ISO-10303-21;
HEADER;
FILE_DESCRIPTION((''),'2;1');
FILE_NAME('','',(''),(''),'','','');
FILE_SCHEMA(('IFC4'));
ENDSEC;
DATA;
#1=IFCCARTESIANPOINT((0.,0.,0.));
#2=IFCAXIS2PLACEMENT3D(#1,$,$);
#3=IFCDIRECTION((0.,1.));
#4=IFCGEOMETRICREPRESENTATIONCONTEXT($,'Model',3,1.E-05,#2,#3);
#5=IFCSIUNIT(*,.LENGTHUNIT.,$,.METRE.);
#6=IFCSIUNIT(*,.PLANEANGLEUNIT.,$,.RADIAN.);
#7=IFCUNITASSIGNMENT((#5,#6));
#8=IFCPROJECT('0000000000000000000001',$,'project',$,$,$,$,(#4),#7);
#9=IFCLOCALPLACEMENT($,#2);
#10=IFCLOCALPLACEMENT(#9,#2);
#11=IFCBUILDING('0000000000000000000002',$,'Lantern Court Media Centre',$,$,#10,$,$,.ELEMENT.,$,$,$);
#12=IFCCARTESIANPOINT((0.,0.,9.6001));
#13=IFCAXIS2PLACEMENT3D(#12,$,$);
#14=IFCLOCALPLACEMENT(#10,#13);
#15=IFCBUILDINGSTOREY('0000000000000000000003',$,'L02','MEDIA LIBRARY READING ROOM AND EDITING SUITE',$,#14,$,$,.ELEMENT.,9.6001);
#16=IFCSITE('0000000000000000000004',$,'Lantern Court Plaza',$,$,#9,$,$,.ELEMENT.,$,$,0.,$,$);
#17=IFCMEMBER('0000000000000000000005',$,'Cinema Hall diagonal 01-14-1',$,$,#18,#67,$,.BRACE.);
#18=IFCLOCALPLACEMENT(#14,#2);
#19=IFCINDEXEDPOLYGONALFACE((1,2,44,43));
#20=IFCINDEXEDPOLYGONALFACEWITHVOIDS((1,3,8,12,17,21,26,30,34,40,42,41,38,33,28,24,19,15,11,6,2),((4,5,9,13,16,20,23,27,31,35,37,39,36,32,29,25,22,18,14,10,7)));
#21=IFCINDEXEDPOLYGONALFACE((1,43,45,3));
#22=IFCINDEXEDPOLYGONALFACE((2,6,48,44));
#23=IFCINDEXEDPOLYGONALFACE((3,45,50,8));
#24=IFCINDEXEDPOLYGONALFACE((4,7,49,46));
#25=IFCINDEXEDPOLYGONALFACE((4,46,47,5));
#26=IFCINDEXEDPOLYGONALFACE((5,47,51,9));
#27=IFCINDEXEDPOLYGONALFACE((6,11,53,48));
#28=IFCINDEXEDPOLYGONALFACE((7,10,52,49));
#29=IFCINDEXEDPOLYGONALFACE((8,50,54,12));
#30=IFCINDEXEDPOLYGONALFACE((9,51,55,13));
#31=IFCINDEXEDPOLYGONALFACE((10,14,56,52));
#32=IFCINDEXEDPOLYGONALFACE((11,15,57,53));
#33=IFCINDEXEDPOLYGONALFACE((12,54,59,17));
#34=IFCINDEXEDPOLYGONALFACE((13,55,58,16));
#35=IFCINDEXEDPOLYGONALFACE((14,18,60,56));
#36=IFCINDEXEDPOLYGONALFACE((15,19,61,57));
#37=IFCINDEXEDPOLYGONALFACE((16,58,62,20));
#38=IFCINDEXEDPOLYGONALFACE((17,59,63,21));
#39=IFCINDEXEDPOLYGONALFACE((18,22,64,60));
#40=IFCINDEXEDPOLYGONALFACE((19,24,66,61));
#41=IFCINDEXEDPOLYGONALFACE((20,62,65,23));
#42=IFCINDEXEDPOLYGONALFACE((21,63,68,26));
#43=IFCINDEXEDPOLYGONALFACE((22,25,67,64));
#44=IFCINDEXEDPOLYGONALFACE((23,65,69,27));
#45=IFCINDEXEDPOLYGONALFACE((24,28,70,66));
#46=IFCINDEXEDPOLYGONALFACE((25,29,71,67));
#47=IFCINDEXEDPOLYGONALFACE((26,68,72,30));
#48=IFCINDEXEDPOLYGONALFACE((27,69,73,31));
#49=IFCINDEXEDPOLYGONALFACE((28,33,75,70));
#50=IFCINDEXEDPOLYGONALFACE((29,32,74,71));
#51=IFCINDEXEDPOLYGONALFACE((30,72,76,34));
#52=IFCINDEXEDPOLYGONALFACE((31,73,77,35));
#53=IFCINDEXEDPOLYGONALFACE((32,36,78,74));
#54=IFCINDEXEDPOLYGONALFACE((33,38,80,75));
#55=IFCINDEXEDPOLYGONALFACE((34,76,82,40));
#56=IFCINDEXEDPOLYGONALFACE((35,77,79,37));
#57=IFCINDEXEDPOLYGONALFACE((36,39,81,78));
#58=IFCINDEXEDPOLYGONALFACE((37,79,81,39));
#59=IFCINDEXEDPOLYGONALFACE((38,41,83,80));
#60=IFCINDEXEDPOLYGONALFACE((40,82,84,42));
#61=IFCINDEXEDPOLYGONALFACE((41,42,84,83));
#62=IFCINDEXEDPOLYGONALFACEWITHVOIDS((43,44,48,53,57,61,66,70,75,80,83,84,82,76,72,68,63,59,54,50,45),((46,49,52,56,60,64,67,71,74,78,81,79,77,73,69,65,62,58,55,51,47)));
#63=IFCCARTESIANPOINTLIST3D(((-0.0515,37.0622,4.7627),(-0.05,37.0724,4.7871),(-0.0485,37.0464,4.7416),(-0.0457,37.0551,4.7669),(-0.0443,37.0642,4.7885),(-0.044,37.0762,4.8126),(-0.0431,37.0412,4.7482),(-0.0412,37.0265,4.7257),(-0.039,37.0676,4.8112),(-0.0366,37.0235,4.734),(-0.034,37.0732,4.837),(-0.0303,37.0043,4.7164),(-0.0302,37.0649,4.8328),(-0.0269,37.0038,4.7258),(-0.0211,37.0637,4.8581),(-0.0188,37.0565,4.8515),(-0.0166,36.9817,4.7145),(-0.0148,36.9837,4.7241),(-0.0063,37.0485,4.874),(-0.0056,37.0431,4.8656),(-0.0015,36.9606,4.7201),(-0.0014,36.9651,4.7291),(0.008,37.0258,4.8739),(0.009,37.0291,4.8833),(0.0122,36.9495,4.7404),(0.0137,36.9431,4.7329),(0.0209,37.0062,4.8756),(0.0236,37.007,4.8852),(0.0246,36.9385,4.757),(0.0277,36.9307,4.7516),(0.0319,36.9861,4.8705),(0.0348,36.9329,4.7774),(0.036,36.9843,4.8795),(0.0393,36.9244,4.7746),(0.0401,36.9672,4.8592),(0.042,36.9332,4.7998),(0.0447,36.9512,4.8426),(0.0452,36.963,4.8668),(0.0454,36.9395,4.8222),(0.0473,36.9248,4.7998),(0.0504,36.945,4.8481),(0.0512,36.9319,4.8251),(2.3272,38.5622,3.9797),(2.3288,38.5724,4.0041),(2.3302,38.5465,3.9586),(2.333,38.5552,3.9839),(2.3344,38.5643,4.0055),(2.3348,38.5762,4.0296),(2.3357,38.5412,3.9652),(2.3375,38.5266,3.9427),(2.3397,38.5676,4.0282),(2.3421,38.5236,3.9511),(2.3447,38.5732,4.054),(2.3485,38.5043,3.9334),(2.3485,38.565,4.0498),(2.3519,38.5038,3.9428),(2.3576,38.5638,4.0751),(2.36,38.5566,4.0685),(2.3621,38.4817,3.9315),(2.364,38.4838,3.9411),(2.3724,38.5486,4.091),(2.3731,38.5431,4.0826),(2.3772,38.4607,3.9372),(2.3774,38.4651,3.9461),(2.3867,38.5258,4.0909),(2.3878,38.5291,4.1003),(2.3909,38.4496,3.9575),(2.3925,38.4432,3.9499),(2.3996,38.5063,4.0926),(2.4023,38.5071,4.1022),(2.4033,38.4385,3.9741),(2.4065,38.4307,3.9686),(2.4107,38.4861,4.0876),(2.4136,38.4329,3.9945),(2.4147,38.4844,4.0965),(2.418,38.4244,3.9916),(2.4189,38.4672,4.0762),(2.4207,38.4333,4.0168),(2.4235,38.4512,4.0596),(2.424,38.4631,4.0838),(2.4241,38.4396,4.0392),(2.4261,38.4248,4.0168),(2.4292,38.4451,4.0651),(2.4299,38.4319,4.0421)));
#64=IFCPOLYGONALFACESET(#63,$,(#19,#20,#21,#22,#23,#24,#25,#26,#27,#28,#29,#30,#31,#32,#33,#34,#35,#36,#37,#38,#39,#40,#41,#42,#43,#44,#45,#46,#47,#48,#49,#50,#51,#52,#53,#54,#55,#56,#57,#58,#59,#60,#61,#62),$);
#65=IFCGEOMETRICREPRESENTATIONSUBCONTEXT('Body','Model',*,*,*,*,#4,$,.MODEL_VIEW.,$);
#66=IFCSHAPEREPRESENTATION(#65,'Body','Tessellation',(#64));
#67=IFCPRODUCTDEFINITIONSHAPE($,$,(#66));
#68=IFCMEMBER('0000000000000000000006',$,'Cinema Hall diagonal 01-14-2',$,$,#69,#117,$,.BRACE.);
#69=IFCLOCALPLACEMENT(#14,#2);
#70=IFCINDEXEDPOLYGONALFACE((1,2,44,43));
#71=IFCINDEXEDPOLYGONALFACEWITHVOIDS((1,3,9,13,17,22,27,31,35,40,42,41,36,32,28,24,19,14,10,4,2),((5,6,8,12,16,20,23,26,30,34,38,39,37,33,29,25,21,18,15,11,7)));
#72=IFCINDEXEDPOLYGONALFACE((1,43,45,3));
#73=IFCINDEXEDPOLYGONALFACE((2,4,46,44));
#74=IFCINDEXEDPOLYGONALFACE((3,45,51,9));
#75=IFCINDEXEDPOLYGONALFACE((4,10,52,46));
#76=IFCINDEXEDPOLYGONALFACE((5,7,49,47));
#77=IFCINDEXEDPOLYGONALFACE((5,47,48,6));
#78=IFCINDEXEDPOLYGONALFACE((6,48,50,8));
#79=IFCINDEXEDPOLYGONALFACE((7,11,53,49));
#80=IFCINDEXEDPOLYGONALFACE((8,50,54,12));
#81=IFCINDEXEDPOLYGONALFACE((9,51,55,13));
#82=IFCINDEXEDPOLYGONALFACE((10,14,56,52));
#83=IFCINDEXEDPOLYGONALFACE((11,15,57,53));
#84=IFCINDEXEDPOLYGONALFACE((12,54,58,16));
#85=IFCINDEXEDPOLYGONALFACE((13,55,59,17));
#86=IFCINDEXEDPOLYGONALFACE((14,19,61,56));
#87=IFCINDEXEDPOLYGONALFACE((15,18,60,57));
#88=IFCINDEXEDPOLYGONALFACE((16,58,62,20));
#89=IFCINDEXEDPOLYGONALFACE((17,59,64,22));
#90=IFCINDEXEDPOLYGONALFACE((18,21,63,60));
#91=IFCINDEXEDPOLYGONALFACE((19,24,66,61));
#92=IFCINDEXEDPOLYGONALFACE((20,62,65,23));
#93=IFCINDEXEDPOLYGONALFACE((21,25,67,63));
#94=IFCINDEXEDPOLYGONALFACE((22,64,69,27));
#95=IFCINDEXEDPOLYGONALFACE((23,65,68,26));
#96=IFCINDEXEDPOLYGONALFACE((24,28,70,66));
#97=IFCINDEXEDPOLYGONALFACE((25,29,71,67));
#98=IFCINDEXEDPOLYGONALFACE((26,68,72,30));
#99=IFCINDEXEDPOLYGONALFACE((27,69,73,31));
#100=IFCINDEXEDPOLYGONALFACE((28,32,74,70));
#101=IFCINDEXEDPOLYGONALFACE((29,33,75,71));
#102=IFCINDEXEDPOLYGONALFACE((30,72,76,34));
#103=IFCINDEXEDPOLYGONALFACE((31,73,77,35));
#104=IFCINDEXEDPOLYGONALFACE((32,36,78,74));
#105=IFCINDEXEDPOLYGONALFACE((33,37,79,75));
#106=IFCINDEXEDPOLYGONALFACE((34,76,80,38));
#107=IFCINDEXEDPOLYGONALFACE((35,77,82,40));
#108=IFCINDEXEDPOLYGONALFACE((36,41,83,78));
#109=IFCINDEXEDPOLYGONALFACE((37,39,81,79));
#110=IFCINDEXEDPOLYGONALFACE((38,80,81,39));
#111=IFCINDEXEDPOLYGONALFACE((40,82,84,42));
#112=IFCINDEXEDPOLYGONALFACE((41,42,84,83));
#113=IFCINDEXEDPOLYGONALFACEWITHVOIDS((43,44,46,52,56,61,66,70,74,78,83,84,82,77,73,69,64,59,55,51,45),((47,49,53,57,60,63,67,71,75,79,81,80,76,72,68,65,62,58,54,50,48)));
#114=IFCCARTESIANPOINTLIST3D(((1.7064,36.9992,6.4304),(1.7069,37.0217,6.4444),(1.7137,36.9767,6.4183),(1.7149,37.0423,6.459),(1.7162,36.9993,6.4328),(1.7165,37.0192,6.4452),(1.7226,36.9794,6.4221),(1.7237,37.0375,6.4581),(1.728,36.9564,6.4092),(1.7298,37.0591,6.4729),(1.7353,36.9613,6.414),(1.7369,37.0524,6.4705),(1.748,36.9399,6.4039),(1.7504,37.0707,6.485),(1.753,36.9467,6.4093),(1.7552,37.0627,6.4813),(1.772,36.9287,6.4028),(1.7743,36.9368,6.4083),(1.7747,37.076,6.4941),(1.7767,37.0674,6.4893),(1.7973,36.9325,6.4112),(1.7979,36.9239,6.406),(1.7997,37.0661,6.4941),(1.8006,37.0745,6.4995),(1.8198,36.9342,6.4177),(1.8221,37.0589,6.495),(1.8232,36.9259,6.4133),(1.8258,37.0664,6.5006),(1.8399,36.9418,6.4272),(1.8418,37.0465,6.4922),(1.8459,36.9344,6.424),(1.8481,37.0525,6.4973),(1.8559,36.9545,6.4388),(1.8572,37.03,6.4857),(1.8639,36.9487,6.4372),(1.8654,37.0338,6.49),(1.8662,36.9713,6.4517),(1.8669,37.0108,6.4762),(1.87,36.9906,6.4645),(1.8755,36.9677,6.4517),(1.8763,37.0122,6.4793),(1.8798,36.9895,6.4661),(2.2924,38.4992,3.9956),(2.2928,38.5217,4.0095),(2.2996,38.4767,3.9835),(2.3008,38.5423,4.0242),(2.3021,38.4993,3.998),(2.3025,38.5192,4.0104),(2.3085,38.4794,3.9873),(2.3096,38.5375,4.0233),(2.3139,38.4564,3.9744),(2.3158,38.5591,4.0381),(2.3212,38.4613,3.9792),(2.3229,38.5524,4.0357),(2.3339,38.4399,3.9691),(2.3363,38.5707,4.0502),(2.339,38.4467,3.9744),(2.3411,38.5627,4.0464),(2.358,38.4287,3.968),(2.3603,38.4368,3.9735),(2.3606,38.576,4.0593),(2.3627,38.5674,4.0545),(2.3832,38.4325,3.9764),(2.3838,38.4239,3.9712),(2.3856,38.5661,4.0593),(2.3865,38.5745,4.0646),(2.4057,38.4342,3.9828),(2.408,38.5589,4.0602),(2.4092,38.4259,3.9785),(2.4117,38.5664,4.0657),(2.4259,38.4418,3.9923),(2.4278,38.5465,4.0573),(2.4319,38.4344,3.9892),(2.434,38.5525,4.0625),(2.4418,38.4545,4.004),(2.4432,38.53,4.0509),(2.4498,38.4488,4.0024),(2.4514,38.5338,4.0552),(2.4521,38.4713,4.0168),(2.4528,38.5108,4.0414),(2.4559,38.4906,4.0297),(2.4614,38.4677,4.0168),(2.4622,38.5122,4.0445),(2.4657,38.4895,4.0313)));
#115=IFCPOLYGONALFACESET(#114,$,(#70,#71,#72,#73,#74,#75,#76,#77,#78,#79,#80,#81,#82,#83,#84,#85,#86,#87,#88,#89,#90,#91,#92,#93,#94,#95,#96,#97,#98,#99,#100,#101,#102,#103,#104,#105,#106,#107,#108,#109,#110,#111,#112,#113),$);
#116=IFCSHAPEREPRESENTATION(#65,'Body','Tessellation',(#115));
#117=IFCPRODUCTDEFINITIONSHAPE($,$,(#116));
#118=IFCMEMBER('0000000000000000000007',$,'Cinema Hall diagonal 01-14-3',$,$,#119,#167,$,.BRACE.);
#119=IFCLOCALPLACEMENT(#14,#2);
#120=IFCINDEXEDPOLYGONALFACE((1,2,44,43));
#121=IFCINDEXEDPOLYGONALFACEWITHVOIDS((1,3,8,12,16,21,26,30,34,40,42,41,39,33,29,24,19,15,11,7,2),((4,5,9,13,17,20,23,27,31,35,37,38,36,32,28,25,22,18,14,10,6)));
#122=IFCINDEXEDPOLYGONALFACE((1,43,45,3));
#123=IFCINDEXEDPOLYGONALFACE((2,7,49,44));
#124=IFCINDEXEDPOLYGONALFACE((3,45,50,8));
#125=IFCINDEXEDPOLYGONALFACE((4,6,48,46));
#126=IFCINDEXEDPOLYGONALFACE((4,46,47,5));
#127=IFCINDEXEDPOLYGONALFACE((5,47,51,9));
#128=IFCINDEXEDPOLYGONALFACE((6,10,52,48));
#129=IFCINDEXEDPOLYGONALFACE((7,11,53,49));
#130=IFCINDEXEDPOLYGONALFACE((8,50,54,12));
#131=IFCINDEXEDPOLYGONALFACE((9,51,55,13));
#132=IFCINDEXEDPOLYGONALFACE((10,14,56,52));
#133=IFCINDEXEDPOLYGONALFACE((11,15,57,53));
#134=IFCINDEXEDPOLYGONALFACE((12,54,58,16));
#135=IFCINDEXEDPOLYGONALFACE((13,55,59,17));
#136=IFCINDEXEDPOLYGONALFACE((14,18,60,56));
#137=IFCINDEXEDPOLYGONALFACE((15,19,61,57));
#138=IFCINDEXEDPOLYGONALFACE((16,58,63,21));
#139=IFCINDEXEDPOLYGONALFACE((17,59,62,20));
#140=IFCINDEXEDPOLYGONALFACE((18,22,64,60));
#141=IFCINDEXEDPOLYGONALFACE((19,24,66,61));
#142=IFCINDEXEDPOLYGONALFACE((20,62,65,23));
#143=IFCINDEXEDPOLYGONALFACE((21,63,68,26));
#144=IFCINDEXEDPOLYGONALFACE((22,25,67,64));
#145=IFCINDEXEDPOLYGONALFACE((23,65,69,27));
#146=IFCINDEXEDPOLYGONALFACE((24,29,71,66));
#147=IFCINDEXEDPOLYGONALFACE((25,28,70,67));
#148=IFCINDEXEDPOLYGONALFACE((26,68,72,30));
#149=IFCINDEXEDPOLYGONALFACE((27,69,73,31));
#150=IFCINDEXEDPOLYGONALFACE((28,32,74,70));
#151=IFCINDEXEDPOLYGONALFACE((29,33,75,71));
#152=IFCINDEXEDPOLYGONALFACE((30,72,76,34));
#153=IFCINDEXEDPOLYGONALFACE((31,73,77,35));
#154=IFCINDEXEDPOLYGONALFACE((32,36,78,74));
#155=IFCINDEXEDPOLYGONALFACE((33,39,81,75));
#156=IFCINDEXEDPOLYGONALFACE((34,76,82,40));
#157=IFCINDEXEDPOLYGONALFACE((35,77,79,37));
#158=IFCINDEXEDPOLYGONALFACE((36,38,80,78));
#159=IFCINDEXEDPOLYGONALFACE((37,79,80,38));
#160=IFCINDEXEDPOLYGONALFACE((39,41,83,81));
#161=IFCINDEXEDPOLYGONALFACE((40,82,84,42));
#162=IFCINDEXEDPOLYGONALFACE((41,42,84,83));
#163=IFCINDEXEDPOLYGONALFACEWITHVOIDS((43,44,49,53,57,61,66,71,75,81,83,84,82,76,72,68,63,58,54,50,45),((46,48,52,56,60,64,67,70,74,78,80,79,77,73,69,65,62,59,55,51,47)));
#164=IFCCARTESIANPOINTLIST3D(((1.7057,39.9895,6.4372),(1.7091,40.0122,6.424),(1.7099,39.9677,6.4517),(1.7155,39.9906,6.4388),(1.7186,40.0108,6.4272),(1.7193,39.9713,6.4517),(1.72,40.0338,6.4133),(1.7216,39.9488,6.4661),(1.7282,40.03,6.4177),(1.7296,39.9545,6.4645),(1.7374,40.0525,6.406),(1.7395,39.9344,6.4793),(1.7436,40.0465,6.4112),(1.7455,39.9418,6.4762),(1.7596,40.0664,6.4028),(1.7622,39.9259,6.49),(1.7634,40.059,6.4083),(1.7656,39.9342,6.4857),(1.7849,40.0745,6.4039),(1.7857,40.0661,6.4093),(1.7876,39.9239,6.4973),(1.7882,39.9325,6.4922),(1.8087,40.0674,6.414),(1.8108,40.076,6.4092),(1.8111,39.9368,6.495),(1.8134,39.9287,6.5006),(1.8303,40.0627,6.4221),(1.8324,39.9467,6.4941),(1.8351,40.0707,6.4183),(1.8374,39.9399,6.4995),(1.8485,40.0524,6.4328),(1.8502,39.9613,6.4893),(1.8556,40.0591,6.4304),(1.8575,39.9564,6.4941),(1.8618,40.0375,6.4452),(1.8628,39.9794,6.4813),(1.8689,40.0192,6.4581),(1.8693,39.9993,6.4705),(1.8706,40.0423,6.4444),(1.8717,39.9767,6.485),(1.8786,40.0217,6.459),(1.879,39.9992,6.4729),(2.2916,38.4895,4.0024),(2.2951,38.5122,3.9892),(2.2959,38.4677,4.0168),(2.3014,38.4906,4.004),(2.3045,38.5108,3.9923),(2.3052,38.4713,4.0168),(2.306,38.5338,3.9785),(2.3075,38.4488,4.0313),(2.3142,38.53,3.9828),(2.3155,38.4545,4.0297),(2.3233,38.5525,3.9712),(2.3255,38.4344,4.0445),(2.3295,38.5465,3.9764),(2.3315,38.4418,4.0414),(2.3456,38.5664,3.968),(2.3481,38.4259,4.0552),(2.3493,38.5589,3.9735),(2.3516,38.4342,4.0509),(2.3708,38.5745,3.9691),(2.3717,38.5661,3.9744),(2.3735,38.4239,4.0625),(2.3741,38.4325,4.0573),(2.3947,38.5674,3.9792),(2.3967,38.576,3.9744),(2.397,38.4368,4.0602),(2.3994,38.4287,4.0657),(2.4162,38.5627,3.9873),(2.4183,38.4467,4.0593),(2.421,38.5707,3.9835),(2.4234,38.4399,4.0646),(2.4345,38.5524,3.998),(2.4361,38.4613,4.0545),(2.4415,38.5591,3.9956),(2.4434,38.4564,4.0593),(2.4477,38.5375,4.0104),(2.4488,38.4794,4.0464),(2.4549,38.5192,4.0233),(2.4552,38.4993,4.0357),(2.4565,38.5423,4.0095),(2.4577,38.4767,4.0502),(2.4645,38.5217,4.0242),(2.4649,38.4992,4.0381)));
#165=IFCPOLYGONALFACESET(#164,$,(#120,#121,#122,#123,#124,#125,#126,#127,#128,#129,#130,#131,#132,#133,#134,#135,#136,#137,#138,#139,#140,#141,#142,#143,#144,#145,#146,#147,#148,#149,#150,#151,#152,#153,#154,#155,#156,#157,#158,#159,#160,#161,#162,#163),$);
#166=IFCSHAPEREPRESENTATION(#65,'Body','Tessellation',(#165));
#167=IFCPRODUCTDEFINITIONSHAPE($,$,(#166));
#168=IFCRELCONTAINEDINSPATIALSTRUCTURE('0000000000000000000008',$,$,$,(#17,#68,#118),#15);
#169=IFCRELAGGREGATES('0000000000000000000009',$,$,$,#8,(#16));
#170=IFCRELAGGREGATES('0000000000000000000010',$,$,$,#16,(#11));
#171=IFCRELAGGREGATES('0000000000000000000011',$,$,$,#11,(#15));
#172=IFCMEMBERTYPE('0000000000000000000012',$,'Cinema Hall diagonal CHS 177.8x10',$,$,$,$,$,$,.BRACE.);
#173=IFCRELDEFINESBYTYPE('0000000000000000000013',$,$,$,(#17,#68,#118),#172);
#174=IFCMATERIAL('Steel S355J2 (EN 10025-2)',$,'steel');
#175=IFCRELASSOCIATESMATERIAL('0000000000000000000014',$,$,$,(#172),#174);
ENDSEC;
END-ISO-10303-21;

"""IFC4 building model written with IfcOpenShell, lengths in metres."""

from ifc_helpers import new_model, si_unit, direction, frame, origin, origin_2d, place, context, subcontext, project, spatial, hollow_circle, extrude, material, material_profile, profile_set, type_object, element, save


model = new_model("IFC4")

# Units and contexts
model_context = context("Model", 3, precision=1e-05, world=origin(), true_north=direction((0.0, 1.0)))
body_context = subcontext(model_context, "Body", "Model", "MODEL_VIEW")
ifc_project = project(units=[si_unit("LENGTHUNIT", "METRE"), si_unit("PLANEANGLEUNIT", "RADIAN")], contexts=[model_context])

# Site, building, storey
site_placement = place(None, origin())
site = spatial("IfcSite", under=ifc_project, at=site_placement, Name="Lantern Court Plaza", CompositionType="ELEMENT", RefElevation=0.0)
building_placement = place(site_placement, origin())
building = spatial("IfcBuilding", under=site, at=building_placement, Name="Lantern Court Media Centre", CompositionType="ELEMENT")
storey_placement = place(building_placement, frame((0.0, 0.0, 9.6001)))
storey = spatial("IfcBuildingStorey", under=building, at=storey_placement, Name="L02", Description="MEDIA LIBRARY READING ROOM AND EDITING SUITE", CompositionType="ELEMENT", Elevation=9.6001)

# Members
ifc_material = material(Name="Steel S355J2 (EN 10025-2)", Category="steel")
ifc_material_profile_1 = material_profile(ifc_material, hollow_circle(Radius=0.0889, WallThickness=0.01, at=origin_2d()), Name="Cinema Hall diagonal CHS 177.8x10")
ifc_profile_set_1 = profile_set([ifc_material_profile_1], Name="Steel S355J2 (EN 10025-2)")
member_type_1 = type_object("IfcMemberType", Name="Cinema Hall diagonal CHS 177.8x10", PredefinedType="BRACE", material=ifc_profile_set_1)
for number, where, z_axis, x_axis, name in (
    (1, (2.3787, 38.5, 4.0168), (-0.814866, -0.51386, 0.268221), (0.533405, -0.84586, 0.0), "Cinema Hall diagonal 01-14-1"),
    (2, (2.3787, 38.5, 4.0168), (-0.20072, -0.513842, 0.834073), (0.931457, -0.363851, 0.0), "Cinema Hall diagonal 01-14-2"),
    (3, (2.3787, 38.5, 4.0168), (-0.20072, 0.513842, 0.834073), (-0.931457, -0.363851, 0.0), "Cinema Hall diagonal 01-14-3"),
):
    element("IfcMember", number, at=place(storey_placement, frame(where, z_axis=z_axis, x_axis=x_axis)), inside=storey, type_object=member_type_1, Name=name, PredefinedType="BRACE", context=body_context, shape_type="SweptSolid", body=[
        extrude(hollow_circle(Radius=0.0889, WallThickness=0.01, at=origin_2d()), origin(), (0.0, 0.0, 1.0), 2.9192),
    ])

save(model, "model.ifc")
